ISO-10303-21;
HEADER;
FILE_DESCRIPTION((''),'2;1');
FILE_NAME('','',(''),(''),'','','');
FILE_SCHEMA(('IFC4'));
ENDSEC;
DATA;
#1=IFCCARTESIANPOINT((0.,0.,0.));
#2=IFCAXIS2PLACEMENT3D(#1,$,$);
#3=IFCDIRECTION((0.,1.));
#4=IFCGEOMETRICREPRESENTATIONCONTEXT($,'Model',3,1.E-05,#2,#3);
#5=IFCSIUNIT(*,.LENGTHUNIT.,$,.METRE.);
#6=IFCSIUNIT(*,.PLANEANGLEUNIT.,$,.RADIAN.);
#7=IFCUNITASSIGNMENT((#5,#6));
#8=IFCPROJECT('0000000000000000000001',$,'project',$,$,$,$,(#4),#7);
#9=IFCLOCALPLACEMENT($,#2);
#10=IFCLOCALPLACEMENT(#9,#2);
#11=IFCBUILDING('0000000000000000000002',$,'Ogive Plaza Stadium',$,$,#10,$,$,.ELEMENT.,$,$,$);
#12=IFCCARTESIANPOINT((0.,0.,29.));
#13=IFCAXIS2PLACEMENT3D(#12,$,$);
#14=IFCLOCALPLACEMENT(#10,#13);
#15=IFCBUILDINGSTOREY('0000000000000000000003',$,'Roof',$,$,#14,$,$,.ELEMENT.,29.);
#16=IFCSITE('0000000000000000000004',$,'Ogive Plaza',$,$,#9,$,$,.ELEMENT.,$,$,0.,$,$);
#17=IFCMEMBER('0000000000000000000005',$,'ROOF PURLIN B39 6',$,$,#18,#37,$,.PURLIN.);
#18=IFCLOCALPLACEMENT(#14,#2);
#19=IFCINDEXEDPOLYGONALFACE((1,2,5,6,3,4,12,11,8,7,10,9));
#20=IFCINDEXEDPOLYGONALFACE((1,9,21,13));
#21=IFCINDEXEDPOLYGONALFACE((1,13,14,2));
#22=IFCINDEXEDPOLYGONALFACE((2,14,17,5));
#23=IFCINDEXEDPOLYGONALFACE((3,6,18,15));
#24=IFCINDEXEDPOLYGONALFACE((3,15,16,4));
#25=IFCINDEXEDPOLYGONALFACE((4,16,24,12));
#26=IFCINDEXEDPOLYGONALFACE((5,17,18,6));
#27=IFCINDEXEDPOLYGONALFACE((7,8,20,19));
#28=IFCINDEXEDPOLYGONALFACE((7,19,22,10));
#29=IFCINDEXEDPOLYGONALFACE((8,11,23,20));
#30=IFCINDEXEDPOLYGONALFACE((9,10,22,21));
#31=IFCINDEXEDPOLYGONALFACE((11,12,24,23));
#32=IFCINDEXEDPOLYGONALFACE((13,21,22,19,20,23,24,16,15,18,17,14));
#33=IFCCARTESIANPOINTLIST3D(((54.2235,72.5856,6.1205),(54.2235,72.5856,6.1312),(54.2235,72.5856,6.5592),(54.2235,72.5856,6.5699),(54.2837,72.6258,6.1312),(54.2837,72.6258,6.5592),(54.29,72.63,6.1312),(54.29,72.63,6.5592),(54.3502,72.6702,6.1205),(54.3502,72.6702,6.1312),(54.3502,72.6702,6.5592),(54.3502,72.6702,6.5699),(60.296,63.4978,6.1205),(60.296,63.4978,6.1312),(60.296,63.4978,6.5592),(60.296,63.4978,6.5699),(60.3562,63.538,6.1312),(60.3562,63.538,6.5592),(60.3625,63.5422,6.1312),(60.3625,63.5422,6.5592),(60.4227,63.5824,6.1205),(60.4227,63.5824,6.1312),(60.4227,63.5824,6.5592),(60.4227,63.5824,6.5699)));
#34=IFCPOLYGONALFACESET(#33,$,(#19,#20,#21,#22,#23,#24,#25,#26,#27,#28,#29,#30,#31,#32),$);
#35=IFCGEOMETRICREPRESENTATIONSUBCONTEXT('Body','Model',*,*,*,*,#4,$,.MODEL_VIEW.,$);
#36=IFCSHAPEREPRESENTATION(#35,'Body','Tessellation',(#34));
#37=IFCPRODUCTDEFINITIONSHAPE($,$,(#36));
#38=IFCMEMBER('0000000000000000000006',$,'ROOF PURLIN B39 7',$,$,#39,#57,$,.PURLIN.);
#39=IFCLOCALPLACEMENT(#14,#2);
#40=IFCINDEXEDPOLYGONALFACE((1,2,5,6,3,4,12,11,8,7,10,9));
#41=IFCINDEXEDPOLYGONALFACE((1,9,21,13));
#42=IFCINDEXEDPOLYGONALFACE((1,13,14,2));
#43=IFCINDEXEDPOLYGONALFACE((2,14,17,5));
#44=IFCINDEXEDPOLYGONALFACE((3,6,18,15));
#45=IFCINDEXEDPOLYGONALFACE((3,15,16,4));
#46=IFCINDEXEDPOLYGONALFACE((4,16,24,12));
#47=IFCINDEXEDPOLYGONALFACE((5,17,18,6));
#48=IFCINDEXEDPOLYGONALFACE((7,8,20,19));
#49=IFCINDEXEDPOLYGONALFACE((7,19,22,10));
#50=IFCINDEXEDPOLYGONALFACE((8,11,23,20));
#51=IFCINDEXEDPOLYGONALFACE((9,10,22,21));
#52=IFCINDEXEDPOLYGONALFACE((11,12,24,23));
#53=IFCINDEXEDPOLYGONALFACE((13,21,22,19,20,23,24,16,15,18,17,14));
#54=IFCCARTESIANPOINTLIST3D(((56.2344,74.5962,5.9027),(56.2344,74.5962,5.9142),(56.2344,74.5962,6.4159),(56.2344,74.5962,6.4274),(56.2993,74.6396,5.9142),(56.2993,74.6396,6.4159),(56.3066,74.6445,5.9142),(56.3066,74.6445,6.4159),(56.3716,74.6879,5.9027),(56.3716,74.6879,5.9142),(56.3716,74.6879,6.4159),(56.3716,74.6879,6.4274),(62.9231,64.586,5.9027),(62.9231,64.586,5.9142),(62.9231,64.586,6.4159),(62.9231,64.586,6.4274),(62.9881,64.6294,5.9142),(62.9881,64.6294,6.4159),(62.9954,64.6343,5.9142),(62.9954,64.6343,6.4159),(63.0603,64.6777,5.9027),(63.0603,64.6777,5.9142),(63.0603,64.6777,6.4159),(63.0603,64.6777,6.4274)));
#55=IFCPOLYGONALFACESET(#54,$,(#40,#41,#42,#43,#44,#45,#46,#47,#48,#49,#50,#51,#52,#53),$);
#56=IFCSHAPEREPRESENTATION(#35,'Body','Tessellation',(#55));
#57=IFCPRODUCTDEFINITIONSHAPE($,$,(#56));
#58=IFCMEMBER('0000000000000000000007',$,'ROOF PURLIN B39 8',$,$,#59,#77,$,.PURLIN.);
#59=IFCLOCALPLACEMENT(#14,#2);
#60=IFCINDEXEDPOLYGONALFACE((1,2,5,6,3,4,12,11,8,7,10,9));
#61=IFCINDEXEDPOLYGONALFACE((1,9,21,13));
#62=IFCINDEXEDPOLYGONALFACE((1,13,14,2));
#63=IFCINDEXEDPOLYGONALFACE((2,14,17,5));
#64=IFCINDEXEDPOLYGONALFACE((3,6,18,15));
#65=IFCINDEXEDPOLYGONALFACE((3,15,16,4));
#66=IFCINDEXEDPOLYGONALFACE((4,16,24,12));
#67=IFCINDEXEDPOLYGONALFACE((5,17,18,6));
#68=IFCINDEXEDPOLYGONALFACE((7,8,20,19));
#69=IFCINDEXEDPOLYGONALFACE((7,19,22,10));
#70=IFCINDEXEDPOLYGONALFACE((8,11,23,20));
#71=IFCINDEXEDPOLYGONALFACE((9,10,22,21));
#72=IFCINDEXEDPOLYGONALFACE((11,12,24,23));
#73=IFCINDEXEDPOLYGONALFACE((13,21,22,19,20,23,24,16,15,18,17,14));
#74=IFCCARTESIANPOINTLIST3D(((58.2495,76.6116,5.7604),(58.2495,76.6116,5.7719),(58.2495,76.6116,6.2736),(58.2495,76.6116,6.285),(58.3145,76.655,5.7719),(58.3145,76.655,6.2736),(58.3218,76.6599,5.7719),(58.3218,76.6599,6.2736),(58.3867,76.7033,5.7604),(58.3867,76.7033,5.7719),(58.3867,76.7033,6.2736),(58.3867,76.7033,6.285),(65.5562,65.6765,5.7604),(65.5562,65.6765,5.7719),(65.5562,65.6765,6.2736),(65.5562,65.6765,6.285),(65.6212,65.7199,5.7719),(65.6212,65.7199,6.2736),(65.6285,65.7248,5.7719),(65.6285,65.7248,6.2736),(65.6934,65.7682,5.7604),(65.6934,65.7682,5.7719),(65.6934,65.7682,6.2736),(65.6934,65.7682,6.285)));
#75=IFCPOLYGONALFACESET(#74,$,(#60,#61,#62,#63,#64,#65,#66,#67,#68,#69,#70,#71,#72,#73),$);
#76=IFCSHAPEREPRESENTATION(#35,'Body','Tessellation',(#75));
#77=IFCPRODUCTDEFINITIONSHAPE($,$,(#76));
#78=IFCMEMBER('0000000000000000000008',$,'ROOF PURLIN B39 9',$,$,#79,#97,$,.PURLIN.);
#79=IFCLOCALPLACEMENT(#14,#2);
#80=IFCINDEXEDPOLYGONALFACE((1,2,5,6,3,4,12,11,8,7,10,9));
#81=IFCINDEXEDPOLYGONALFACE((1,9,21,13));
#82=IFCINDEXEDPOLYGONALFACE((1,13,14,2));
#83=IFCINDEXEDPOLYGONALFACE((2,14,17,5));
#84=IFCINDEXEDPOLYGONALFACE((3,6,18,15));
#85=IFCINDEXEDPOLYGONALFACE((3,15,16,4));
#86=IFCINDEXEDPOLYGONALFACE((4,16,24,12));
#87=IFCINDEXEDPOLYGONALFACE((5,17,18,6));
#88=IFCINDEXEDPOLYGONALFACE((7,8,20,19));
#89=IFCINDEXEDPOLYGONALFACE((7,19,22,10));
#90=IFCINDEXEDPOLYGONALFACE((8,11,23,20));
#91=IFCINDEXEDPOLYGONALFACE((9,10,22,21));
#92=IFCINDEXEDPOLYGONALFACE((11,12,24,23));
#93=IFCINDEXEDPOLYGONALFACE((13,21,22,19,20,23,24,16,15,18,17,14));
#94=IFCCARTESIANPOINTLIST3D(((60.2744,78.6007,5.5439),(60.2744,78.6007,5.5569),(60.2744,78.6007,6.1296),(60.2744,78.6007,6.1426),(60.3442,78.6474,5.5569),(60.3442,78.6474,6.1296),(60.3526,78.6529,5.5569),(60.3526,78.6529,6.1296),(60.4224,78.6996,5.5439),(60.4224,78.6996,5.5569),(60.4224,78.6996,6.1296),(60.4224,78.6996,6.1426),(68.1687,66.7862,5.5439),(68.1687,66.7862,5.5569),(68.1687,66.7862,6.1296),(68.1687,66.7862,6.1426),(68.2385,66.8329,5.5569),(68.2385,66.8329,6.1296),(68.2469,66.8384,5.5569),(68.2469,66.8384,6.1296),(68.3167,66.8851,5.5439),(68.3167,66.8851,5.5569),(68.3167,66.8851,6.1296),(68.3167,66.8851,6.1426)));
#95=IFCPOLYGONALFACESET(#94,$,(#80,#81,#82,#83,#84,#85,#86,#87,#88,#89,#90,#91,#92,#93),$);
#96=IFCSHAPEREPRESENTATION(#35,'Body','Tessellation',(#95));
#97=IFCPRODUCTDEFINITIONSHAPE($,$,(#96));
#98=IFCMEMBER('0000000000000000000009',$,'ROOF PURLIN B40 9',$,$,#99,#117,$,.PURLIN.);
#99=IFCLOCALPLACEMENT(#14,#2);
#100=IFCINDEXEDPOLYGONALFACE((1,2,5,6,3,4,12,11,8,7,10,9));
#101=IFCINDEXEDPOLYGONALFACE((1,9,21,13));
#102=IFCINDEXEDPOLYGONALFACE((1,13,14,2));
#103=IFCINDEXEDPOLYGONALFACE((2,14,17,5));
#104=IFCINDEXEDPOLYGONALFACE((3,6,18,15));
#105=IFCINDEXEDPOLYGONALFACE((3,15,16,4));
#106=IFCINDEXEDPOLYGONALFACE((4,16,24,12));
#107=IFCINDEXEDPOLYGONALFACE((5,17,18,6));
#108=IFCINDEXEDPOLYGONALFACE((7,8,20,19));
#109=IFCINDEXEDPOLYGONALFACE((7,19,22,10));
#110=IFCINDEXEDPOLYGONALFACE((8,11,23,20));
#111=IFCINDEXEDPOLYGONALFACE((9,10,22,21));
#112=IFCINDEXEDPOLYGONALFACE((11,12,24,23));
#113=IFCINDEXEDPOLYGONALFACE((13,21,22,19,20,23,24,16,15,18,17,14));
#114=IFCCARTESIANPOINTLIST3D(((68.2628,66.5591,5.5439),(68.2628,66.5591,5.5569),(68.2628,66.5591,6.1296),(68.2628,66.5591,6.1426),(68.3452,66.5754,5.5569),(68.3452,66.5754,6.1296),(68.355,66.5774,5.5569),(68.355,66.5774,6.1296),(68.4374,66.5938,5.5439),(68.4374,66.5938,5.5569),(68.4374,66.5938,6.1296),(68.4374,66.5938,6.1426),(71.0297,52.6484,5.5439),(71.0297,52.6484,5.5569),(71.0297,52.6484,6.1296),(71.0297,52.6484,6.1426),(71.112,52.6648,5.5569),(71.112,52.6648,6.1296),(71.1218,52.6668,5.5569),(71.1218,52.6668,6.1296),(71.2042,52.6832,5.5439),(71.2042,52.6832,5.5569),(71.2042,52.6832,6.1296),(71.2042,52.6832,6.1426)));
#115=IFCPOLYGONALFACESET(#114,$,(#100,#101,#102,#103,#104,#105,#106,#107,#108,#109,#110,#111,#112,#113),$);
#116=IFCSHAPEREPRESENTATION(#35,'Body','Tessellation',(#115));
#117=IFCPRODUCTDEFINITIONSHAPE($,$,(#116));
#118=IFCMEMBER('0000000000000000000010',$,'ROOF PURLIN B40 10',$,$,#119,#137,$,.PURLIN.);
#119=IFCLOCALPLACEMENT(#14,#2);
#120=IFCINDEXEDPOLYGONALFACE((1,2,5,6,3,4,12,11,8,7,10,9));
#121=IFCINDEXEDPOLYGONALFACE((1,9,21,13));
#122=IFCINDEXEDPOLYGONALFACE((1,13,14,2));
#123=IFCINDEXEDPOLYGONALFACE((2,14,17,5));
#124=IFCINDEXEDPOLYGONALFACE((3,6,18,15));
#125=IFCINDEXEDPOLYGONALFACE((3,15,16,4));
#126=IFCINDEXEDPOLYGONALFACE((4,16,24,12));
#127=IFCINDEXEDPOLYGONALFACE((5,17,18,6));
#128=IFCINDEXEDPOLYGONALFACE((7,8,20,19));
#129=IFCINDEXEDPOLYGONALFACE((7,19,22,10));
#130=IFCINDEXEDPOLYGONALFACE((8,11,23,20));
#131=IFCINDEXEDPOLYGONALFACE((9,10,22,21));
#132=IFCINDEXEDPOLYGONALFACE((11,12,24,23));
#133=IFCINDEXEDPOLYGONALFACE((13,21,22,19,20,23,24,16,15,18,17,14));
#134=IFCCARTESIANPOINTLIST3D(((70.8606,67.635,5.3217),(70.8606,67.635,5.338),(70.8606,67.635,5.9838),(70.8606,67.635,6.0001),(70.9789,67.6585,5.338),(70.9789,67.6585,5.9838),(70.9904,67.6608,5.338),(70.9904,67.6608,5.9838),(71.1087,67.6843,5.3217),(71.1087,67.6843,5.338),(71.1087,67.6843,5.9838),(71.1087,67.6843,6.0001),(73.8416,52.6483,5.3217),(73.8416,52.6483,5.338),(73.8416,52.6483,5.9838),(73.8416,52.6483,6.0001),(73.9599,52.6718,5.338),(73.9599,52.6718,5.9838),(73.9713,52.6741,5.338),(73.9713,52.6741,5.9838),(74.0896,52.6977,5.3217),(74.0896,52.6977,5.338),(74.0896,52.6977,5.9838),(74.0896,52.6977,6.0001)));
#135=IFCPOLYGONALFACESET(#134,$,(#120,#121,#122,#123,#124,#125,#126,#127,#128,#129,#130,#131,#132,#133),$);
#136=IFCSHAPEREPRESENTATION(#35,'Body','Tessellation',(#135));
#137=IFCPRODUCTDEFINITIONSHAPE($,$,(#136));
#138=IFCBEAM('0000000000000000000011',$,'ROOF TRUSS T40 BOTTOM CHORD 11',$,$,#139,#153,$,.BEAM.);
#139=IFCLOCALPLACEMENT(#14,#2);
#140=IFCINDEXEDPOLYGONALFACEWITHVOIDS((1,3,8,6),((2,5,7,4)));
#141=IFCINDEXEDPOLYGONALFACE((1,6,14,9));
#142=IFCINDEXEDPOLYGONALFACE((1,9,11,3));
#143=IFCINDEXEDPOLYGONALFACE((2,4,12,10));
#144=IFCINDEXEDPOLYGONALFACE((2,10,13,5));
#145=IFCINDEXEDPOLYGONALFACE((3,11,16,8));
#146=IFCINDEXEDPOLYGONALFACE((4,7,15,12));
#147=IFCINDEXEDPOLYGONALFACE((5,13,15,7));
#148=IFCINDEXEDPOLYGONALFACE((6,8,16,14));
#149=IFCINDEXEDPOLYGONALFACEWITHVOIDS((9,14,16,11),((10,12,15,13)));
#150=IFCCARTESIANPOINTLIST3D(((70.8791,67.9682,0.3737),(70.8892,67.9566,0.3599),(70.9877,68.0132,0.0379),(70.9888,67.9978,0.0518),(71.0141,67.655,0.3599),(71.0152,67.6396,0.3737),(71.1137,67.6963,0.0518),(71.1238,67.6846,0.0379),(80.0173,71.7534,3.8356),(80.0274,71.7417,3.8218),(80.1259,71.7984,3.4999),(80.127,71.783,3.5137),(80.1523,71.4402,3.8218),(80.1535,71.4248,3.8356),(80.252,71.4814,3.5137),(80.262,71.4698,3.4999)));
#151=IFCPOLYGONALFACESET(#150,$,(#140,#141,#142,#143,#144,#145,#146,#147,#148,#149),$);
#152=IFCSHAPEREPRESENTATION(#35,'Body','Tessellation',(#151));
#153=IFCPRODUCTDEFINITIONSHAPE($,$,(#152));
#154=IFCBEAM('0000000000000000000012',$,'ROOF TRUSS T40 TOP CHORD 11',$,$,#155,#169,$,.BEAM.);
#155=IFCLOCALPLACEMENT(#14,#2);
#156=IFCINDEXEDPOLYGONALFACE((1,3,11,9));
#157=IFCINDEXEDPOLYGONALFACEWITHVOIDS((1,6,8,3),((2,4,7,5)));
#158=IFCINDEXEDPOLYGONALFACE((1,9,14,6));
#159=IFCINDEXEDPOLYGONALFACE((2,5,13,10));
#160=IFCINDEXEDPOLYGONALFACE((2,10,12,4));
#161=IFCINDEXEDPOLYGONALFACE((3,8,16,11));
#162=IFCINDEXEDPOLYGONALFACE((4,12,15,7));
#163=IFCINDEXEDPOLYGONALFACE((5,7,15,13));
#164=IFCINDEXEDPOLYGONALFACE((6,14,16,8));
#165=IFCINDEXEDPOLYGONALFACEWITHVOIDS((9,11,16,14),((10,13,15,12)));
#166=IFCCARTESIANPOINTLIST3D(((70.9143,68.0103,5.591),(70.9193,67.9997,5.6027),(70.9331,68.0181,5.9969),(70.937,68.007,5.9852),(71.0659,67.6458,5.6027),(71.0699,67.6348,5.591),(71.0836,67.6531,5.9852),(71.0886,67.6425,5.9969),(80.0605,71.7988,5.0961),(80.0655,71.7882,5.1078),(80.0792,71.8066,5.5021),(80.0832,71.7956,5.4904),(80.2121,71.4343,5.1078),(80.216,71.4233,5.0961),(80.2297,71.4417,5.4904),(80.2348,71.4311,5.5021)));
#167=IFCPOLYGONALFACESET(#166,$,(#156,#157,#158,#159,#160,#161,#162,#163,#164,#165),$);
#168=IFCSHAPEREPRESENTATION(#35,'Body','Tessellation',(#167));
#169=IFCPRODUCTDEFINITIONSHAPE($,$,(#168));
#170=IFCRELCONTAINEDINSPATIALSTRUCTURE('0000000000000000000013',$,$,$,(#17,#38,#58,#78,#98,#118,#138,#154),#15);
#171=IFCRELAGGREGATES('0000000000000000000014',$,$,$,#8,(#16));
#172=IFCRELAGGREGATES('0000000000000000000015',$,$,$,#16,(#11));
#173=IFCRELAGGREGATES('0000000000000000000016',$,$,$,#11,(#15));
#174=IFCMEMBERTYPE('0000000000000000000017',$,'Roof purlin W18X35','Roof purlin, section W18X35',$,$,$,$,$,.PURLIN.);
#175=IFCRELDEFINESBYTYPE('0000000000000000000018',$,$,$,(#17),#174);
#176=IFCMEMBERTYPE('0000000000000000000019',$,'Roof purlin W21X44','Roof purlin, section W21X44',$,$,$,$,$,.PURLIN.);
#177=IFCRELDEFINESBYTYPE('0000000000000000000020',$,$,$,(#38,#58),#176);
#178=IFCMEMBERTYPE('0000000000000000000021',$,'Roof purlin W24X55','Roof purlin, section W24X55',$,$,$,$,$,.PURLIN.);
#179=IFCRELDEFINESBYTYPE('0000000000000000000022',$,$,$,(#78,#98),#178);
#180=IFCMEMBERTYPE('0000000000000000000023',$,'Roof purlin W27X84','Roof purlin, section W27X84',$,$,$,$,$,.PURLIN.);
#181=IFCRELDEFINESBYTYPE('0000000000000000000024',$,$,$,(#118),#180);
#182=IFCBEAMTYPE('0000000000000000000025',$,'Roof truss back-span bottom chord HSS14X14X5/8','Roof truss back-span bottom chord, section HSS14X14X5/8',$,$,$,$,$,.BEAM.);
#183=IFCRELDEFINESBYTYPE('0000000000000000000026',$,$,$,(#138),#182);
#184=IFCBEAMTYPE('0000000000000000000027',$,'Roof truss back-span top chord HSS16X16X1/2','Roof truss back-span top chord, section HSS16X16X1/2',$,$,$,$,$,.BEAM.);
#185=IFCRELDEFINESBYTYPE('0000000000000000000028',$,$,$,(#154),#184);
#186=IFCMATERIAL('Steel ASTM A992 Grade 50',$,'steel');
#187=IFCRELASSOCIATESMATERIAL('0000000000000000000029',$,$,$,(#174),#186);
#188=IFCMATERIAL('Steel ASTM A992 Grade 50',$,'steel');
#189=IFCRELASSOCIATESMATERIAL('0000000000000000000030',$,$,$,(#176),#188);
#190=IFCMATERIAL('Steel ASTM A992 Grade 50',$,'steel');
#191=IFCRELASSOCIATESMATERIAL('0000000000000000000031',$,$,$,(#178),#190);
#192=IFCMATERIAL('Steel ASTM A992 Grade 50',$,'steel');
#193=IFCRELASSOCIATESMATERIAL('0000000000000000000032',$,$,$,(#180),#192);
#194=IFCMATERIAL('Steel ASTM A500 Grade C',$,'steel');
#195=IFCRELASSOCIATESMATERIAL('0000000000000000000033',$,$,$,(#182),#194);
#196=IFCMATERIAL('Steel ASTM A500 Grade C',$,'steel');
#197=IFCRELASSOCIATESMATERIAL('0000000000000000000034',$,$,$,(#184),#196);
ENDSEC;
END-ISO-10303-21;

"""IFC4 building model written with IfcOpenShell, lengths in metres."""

from ifc_helpers import new_model, si_unit, direction, frame, origin, origin_2d, place, context, subcontext, project, spatial, hollow_rectangle, i_section, extrude, material, material_profile, profile_set, type_object, element, save


model = new_model("IFC4")

# Units and contexts
model_context = context("Model", 3, precision=1e-05, world=origin(), true_north=direction((0.0, 1.0)))
body_context = subcontext(model_context, "Body", "Model", "MODEL_VIEW")
ifc_project = project(units=[si_unit("LENGTHUNIT", "METRE"), si_unit("PLANEANGLEUNIT", "RADIAN")], contexts=[model_context])

# Site, building, storey
site_placement = place(None, origin())
site = spatial("IfcSite", under=ifc_project, at=site_placement, Name="Ogive Plaza", CompositionType="ELEMENT", RefElevation=0.0)
building_placement = place(site_placement, origin())
building = spatial("IfcBuilding", under=site, at=building_placement, Name="Ogive Plaza Stadium", CompositionType="ELEMENT")
storey_placement = place(building_placement, frame((0.0, 0.0, 29.0)))
storey = spatial("IfcBuildingStorey", under=building, at=storey_placement, Name="Roof", CompositionType="ELEMENT", Elevation=29.0)

# Members
ifc_material_1 = material(Name="Steel ASTM A992 Grade 50", Category="steel")
ifc_material_profile_1 = material_profile(ifc_material_1, i_section(OverallWidth=0.1523, OverallDepth=0.4495, WebThickness=0.0076, FlangeThickness=0.0107, at=origin_2d()), Name="W18X35")
ifc_profile_set_1 = profile_set([ifc_material_profile_1], Name="Steel ASTM A992 Grade 50")
member_type_1 = type_object("IfcMemberType", Name="Roof purlin W18X35", Description="Roof purlin, section W18X35", PredefinedType="PURLIN", material=ifc_profile_set_1)
member_1_placement = place(storey_placement, frame((54.2869, 72.6279, 6.3452), z_axis=(0.555581, -0.831462, 0.0), x_axis=(0.831462, 0.555581, 0.0)))
element("IfcMember", 1, at=member_1_placement, inside=storey, type_object=member_type_1, Name="ROOF PURLIN B39 6", PredefinedType="PURLIN", context=body_context, shape_type="SweptSolid", body=[
    extrude(i_section(OverallWidth=0.1523, OverallDepth=0.4495, WebThickness=0.0076, FlangeThickness=0.0107, at=origin_2d()), origin(), (0.0, 0.0, 1.0), 10.9299),
])
ifc_material_2 = material(Name="Steel ASTM A992 Grade 50", Category="steel")
ifc_material_profile_2 = material_profile(ifc_material_2, i_section(OverallWidth=0.165, OverallDepth=0.5247, WebThickness=0.0088, FlangeThickness=0.0115, at=origin_2d()), Name="W21X44")
ifc_profile_set_2 = profile_set([ifc_material_profile_2], Name="Steel ASTM A992 Grade 50")
member_type_2 = type_object("IfcMemberType", Name="Roof purlin W21X44", Description="Roof purlin, section W21X44", PredefinedType="PURLIN", material=ifc_profile_set_2)
member_2_placement = place(storey_placement, frame((56.303, 74.6421, 6.165), z_axis=(0.555575, -0.831466, 0.0), x_axis=(0.831466, 0.555575, 0.0)))
element("IfcMember", 2, at=member_2_placement, inside=storey, type_object=member_type_2, Name="ROOF PURLIN B39 7", PredefinedType="PURLIN", context=body_context, shape_type="SweptSolid", body=[
    extrude(i_section(OverallWidth=0.165, OverallDepth=0.5247, WebThickness=0.0088, FlangeThickness=0.0115, at=origin_2d()), origin(), (0.0, 0.0, 1.0), 12.0393),
])
member_3_placement = place(storey_placement, frame((58.3181, 76.6575, 6.0227), z_axis=(0.555574, -0.831467, 0.0), x_axis=(0.831467, 0.555574, 0.0)))
element("IfcMember", 3, at=member_3_placement, inside=storey, type_object=member_type_2, Name="ROOF PURLIN B39 8", PredefinedType="PURLIN", context=body_context, shape_type="SweptSolid", body=[
    extrude(i_section(OverallWidth=0.165, OverallDepth=0.5247, WebThickness=0.0088, FlangeThickness=0.0115, at=origin_2d()), origin(), (0.0, 0.0, 1.0), 13.1516),
])
ifc_material_3 = material(Name="Steel ASTM A992 Grade 50", Category="steel")
ifc_material_profile_3 = material_profile(ifc_material_3, i_section(OverallWidth=0.178, OverallDepth=0.5986, WebThickness=0.01, FlangeThickness=0.0129, at=origin_2d()), Name="W24X55")
ifc_profile_set_3 = profile_set([ifc_material_profile_3], Name="Steel ASTM A992 Grade 50")
member_type_3 = type_object("IfcMemberType", Name="Roof purlin W24X55", Description="Roof purlin, section W24X55", PredefinedType="PURLIN", material=ifc_profile_set_3)
member_4_placement = place(storey_placement, frame((60.3484, 78.6501, 5.8433), z_axis=(0.555576, -0.831466, 0.0), x_axis=(0.831466, 0.555576, 0.0)))
element("IfcMember", 4, at=member_4_placement, inside=storey, type_object=member_type_3, Name="ROOF PURLIN B39 9", PredefinedType="PURLIN", context=body_context, shape_type="SweptSolid", body=[
    extrude(i_section(OverallWidth=0.178, OverallDepth=0.5986, WebThickness=0.01, FlangeThickness=0.0129, at=origin_2d()), origin(), (0.0, 0.0, 1.0), 14.2092),
])
member_5_placement = place(storey_placement, frame((68.3501, 66.5764, 5.8433), z_axis=(0.19508, -0.980787, 0.0), x_axis=(0.980787, 0.19508, 0.0)))
element("IfcMember", 5, at=member_5_placement, inside=storey, type_object=member_type_3, Name="ROOF PURLIN B40 9", PredefinedType="PURLIN", context=body_context, shape_type="SweptSolid", body=[
    extrude(i_section(OverallWidth=0.178, OverallDepth=0.5986, WebThickness=0.01, FlangeThickness=0.0129, at=origin_2d()), origin(), (0.0, 0.0, 1.0), 14.1831),
])
ifc_material_4 = material(Name="Steel ASTM A992 Grade 50", Category="steel")
ifc_material_profile_4 = material_profile(ifc_material_4, i_section(OverallWidth=0.2529, OverallDepth=0.6785, WebThickness=0.0117, FlangeThickness=0.0164, at=origin_2d()), Name="W27X84")
ifc_profile_set_4 = profile_set([ifc_material_profile_4], Name="Steel ASTM A992 Grade 50")
member_type_4 = type_object("IfcMemberType", Name="Roof purlin W27X84", Description="Roof purlin, section W27X84", PredefinedType="PURLIN", material=ifc_profile_set_4)
member_6_placement = place(storey_placement, frame((70.9846, 67.6597, 5.6609), z_axis=(0.195087, -0.980786, 0.0), x_axis=(0.980786, 0.195087, 0.0)))
element("IfcMember", 6, at=member_6_placement, inside=storey, type_object=member_type_4, Name="ROOF PURLIN B40 10", PredefinedType="PURLIN", context=body_context, shape_type="SweptSolid", body=[
    extrude(i_section(OverallWidth=0.2529, OverallDepth=0.6785, WebThickness=0.0117, FlangeThickness=0.0164, at=origin_2d()), origin(), (0.0, 0.0, 1.0), 15.2803),
])

# Beams
ifc_material_5 = material(Name="Steel ASTM A500 Grade C", Category="steel")
ifc_material_profile_5 = material_profile(ifc_material_5, hollow_rectangle(XDim=0.3557, YDim=0.3557, WallThickness=0.0146, at=origin_2d()), Name="HSS14X14X5/8")
ifc_profile_set_5 = profile_set([ifc_material_profile_5], Name="Steel ASTM A500 Grade C")
beam_type_1 = type_object("IfcBeamType", Name="Roof truss back-span bottom chord HSS14X14X5/8", Description="Roof truss back-span bottom chord, section HSS14X14X5/8", PredefinedType="BEAM", material=ifc_profile_set_5)
beam_1_placement = place(storey_placement, frame((71.0015, 67.8264, 0.2058), z_axis=(0.872011, 0.361198, 0.330353), x_axis=(-0.382683, 0.92388, 0.0)))
element("IfcBeam", 7, at=beam_1_placement, inside=storey, type_object=beam_type_1, Name="ROOF TRUSS T40 BOTTOM CHORD 11", PredefinedType="BEAM", context=body_context, shape_type="SweptSolid", body=[
    extrude(hollow_rectangle(XDim=0.3557, YDim=0.3557, WallThickness=0.0146, at=origin_2d()), origin(), (0.0, 0.0, 1.0), 10.4795),
])
ifc_material_6 = material(Name="Steel ASTM A500 Grade C", Category="steel")
ifc_material_profile_6 = material_profile(ifc_material_6, hollow_rectangle(XDim=0.4065, YDim=0.4065, WallThickness=0.0117, at=origin_2d()), Name="HSS16X16X1/2")
ifc_profile_set_6 = profile_set([ifc_material_profile_6], Name="Steel ASTM A500 Grade C")
beam_type_2 = type_object("IfcBeamType", Name="Roof truss back-span top chord HSS16X16X1/2", Description="Roof truss back-span top chord, section HSS16X16X1/2", PredefinedType="BEAM", material=ifc_profile_set_6)
beam_2_placement = place(storey_placement, frame((71.0015, 67.8264, 5.7939), z_axis=(0.922725, 0.382213, -0.049926), x_axis=(-0.38269, 0.923877, 0.0)))
element("IfcBeam", 8, at=beam_2_placement, inside=storey, type_object=beam_type_2, Name="ROOF TRUSS T40 TOP CHORD 11", PredefinedType="BEAM", context=body_context, shape_type="SweptSolid", body=[
    extrude(hollow_rectangle(XDim=0.4065, YDim=0.4065, WallThickness=0.0117, at=origin_2d()), origin(), (0.0, 0.0, 1.0), 9.9121),
])

save(model, "model.ifc")
